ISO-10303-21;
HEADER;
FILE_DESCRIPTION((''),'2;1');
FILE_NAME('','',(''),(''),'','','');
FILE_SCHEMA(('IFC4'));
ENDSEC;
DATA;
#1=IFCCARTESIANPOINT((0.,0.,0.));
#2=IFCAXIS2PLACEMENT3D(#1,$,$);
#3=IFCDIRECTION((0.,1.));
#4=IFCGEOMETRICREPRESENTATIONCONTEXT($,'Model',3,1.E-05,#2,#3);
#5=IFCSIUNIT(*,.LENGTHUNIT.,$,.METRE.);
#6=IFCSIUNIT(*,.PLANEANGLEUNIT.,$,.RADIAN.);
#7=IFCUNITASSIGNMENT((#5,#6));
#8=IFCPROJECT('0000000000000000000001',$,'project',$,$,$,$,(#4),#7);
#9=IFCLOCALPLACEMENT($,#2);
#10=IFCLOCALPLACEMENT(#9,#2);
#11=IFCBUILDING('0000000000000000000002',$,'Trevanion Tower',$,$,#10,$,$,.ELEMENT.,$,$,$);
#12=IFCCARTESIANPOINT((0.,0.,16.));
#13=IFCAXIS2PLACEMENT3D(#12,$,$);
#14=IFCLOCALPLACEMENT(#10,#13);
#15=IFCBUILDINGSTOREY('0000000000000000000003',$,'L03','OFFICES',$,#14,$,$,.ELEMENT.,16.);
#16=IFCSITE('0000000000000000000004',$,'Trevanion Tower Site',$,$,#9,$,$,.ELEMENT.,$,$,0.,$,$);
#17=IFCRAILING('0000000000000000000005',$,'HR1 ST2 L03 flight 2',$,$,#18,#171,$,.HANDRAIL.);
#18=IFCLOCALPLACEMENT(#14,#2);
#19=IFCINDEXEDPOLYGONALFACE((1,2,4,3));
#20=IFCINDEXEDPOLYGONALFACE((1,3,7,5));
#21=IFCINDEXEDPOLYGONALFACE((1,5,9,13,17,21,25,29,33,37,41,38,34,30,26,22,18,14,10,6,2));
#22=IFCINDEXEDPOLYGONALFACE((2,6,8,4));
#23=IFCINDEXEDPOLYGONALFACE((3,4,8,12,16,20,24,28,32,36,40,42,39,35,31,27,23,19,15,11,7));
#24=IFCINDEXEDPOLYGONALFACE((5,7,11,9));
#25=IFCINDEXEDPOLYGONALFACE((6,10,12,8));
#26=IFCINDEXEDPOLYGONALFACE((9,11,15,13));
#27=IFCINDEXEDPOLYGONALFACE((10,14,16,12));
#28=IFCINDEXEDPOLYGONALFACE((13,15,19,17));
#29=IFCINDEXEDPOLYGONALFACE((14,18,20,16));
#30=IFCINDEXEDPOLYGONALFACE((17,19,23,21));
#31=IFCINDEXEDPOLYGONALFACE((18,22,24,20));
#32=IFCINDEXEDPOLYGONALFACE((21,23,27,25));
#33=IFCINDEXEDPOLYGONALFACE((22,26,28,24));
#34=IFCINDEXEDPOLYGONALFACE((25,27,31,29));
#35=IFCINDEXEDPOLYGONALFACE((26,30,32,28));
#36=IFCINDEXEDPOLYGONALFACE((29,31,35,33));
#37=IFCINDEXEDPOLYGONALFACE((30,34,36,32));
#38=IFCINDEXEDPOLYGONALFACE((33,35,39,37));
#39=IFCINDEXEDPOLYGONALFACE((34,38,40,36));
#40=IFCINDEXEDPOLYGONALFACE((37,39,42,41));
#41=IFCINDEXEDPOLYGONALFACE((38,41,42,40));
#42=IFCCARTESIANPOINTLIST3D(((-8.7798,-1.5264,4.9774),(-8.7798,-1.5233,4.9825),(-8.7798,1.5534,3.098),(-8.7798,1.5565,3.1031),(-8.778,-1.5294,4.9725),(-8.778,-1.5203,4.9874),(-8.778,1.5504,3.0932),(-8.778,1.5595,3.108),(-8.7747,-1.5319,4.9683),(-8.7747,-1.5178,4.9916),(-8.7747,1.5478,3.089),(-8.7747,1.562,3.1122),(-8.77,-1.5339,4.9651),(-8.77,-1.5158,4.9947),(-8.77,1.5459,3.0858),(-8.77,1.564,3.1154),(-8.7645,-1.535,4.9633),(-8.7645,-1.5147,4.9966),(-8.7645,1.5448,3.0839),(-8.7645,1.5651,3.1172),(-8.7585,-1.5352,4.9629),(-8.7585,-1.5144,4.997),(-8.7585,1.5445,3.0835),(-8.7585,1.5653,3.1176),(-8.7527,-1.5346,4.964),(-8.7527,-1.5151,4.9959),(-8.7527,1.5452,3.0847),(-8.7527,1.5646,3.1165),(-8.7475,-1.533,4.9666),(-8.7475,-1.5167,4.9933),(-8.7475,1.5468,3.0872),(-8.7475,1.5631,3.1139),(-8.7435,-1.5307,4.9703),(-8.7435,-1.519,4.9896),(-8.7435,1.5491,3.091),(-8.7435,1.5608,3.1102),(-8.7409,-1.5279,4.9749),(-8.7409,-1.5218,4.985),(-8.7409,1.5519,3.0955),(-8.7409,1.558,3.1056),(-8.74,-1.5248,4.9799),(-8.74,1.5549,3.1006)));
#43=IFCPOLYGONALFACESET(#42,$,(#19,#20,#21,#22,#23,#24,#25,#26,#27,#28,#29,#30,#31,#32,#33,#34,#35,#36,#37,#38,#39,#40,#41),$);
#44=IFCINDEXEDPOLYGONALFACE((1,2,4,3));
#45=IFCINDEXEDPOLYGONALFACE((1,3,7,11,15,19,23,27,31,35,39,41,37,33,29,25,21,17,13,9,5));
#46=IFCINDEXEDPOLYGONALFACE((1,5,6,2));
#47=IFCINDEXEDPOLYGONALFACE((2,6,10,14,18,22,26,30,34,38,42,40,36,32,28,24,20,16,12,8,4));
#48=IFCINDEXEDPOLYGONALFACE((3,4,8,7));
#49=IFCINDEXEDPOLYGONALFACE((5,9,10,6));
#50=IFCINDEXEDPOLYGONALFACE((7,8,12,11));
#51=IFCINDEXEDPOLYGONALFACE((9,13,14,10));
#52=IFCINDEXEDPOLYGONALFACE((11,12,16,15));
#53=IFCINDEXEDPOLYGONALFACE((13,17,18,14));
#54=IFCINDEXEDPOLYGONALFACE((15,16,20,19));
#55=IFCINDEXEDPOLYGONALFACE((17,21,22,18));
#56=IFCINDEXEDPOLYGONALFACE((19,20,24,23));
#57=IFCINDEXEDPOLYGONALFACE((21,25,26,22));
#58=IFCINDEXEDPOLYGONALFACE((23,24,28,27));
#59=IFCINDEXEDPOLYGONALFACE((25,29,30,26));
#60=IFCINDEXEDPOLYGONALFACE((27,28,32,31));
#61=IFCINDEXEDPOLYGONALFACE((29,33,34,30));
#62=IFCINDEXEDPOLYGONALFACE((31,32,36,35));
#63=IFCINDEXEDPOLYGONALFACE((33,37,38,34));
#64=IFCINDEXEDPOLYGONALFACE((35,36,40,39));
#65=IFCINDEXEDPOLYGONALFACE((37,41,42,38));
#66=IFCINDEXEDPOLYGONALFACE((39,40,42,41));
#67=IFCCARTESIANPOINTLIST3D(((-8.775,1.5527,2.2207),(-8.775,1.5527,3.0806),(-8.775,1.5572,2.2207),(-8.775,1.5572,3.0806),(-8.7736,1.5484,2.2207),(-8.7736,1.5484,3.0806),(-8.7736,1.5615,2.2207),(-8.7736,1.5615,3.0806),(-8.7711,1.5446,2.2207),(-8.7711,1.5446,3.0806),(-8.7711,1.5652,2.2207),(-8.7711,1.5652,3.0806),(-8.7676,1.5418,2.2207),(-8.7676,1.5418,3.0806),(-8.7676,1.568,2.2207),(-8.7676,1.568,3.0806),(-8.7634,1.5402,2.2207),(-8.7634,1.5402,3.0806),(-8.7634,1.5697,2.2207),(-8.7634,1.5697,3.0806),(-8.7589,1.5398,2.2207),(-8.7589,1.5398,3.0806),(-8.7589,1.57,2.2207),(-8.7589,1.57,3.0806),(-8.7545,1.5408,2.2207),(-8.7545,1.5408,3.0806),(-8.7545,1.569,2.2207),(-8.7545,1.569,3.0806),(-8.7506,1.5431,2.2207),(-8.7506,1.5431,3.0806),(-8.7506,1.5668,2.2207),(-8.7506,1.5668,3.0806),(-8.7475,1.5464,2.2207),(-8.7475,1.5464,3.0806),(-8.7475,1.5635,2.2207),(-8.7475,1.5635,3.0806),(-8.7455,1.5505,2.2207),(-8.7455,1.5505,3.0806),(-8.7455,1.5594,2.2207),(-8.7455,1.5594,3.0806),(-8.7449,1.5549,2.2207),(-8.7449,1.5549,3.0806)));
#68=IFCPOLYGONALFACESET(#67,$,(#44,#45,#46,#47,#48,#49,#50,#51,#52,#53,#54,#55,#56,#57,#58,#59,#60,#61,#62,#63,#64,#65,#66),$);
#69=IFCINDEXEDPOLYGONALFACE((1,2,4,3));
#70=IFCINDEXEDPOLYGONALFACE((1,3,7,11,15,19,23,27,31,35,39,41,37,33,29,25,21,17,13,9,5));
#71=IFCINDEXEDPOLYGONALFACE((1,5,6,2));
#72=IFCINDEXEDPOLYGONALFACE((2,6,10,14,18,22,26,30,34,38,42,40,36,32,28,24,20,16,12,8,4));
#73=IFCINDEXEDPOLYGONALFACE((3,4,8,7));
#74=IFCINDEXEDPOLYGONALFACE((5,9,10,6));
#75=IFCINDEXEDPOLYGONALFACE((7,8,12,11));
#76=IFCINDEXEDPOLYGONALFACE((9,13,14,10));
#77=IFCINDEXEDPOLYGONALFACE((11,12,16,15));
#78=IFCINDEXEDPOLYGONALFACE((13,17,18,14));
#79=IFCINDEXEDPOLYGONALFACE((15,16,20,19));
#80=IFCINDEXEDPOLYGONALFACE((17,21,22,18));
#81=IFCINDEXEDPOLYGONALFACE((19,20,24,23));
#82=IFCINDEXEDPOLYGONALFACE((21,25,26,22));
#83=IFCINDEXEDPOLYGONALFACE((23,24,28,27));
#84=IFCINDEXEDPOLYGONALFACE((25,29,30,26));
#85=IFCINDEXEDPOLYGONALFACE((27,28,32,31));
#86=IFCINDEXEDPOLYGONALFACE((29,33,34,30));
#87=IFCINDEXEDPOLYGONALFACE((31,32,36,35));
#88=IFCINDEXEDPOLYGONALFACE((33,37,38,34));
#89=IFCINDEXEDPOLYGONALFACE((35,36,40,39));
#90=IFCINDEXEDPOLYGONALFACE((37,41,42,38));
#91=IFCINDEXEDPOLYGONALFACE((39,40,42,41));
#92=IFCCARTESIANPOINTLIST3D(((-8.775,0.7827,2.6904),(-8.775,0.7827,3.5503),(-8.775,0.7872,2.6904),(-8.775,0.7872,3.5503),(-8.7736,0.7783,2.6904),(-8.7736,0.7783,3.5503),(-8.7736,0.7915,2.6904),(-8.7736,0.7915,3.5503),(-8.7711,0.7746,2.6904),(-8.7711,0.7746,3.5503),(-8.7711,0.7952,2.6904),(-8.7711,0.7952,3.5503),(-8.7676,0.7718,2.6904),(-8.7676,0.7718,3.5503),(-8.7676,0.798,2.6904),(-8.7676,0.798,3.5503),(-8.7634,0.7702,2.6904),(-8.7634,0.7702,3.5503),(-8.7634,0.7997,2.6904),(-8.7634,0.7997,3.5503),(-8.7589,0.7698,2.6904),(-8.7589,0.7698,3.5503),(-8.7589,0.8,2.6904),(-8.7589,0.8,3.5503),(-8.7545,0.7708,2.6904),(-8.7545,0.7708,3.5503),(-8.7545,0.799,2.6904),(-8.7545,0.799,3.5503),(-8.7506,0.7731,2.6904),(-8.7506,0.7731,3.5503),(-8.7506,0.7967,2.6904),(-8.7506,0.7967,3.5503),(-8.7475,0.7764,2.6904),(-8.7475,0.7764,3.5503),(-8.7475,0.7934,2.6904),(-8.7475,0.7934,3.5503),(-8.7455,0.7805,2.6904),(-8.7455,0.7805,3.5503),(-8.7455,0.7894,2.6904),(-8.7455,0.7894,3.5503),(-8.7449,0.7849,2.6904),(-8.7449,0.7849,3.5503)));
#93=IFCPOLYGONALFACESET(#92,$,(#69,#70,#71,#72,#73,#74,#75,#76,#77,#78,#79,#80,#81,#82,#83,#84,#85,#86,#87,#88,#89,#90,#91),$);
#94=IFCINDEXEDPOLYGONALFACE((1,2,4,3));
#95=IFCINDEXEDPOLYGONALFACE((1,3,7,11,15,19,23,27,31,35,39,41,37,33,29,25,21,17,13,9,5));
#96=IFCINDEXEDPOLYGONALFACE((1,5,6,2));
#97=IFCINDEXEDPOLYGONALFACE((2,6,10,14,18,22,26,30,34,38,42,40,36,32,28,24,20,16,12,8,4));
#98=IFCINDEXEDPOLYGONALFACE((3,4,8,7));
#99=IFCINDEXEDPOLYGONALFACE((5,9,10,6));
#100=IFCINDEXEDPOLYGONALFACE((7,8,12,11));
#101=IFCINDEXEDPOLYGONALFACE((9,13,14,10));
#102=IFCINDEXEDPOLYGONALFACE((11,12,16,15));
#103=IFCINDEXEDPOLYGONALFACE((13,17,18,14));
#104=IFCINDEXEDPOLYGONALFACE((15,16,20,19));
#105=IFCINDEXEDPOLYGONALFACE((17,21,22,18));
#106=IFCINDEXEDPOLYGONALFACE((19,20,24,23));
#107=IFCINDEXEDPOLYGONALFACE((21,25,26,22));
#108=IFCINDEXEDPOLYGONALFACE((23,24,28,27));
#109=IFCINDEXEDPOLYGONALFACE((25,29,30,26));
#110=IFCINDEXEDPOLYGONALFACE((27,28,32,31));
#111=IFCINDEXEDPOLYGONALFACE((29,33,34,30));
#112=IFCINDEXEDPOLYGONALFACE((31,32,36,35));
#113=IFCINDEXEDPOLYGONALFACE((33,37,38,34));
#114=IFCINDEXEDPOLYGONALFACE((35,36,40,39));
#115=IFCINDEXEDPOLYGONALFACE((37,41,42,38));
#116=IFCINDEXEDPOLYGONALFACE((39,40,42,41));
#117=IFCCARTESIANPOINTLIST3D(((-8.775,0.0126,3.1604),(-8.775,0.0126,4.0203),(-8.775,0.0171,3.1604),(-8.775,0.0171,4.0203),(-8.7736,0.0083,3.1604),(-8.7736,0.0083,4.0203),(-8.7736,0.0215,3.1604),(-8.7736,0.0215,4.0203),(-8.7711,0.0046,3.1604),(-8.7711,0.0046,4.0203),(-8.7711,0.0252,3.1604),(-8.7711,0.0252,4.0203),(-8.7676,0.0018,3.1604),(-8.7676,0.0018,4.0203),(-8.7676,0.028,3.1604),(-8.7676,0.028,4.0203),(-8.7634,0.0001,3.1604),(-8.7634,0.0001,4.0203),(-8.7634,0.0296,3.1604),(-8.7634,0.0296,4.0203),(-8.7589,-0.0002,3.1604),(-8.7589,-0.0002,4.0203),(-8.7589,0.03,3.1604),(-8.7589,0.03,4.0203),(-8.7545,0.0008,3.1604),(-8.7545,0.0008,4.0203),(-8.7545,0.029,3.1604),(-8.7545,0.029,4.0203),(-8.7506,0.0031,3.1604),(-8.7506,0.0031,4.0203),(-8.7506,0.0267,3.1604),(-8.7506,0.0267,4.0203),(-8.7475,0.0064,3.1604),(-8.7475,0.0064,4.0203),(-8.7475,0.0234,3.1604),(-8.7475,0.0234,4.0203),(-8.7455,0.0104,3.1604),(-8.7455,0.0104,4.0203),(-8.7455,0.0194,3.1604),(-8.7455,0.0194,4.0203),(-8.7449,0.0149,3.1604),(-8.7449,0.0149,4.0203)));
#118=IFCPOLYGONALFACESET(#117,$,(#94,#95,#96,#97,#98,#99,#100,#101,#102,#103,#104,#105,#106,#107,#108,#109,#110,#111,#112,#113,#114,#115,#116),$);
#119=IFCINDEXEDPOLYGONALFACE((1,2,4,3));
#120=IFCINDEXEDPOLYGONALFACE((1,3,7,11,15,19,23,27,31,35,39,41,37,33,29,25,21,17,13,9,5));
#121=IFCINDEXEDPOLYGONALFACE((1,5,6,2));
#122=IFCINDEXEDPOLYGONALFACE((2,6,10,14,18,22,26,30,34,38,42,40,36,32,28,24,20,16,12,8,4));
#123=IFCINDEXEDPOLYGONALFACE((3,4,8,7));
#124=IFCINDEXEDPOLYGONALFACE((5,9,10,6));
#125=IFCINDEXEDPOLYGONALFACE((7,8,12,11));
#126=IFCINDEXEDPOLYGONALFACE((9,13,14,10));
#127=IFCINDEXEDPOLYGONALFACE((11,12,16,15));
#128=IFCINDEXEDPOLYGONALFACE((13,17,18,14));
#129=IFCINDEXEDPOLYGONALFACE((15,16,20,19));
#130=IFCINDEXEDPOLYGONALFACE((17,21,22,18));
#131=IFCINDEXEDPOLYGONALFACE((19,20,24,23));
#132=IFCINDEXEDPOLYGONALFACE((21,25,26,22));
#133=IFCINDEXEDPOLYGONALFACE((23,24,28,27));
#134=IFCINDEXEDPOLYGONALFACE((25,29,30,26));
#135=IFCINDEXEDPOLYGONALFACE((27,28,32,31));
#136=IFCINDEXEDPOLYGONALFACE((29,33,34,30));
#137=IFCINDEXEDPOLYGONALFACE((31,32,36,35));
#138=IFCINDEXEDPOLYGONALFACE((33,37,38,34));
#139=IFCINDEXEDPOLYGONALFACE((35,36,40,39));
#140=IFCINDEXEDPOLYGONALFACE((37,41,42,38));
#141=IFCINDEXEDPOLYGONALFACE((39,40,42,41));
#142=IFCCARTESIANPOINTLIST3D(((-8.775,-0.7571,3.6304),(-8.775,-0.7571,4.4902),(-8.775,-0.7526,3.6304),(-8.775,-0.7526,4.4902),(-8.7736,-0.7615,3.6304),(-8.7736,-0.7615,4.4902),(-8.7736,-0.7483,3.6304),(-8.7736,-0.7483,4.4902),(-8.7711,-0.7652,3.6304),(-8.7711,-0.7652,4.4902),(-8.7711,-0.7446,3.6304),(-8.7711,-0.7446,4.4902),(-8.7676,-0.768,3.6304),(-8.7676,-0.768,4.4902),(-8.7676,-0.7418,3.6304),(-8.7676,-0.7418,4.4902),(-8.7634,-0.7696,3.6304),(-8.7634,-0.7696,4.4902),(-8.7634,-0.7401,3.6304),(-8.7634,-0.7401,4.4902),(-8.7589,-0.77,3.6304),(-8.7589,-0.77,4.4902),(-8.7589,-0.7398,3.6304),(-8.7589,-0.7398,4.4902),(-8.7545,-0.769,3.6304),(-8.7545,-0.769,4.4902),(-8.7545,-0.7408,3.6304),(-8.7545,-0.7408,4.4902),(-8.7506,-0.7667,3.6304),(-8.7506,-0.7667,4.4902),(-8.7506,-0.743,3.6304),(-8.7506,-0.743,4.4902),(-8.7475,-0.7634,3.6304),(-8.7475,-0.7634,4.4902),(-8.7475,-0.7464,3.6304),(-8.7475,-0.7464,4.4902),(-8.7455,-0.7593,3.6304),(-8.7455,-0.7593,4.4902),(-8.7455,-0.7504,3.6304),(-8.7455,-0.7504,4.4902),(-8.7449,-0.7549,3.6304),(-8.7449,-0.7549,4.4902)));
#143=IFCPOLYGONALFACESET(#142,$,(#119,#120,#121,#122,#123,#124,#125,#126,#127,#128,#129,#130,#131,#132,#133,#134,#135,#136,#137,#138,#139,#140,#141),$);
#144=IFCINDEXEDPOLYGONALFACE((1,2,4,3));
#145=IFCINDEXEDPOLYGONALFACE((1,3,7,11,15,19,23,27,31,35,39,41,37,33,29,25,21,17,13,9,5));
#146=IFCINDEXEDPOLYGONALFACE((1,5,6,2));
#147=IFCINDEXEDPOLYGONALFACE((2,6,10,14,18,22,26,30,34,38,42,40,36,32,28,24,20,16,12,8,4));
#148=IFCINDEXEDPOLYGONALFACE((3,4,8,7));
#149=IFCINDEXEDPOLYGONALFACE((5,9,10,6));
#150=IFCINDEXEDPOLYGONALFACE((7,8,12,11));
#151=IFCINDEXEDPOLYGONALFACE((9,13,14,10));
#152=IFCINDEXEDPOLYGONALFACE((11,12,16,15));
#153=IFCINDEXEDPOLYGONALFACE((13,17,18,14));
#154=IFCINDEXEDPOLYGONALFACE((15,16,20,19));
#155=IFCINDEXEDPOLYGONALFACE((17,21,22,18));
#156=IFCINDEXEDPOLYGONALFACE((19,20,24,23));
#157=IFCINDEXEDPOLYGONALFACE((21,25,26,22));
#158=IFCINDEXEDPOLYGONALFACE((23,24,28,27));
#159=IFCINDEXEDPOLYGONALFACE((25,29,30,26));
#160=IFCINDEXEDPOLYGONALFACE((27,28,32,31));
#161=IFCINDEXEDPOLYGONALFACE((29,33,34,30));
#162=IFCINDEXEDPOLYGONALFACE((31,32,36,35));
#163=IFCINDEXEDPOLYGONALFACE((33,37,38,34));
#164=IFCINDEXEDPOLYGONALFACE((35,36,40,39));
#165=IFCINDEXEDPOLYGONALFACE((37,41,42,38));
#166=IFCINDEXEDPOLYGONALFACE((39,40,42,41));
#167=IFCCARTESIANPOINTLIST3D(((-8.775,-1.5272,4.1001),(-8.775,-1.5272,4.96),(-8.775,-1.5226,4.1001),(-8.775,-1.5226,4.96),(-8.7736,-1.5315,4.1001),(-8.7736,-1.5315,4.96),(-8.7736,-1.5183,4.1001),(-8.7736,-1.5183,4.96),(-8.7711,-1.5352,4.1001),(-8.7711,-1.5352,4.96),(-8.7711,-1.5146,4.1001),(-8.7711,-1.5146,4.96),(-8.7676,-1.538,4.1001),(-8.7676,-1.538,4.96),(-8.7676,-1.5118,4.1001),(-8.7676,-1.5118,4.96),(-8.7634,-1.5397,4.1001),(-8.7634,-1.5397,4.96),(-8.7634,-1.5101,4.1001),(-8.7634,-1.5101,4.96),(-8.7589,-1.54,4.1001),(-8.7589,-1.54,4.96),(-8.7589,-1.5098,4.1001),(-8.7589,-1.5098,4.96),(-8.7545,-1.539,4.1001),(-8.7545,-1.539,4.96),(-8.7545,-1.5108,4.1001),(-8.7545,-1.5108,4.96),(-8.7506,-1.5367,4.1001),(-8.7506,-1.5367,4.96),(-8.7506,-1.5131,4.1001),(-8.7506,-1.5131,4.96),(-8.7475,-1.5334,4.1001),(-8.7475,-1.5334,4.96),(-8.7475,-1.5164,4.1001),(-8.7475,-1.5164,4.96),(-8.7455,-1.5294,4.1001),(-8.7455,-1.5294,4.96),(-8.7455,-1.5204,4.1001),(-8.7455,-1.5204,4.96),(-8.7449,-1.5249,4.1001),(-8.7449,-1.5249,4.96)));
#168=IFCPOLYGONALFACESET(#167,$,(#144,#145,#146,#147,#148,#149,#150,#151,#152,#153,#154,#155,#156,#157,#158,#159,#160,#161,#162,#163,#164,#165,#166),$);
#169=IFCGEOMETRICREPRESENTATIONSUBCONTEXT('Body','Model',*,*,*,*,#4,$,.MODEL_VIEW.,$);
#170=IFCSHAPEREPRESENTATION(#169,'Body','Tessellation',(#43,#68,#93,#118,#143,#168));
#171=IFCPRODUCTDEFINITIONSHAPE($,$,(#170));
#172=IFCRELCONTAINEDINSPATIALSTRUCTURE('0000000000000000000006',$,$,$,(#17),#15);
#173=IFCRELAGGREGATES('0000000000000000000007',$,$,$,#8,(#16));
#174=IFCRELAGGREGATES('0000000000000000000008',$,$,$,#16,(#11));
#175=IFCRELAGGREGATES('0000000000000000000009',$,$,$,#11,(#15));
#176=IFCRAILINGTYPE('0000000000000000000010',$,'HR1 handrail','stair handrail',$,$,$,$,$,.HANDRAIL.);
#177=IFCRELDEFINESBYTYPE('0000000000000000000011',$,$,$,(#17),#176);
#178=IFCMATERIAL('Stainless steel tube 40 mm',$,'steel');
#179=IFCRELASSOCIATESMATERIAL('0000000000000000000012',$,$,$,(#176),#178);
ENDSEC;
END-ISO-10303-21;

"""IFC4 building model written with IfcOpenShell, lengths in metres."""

from ifc_helpers import new_model, si_unit, direction, frame, origin, origin_2d, place, context, subcontext, project, spatial, circle, extrude, material, type_object, element, save


model = new_model("IFC4")

# Units and contexts
model_context = context("Model", 3, precision=1e-05, world=origin(), true_north=direction((0.0, 1.0)))
body_context = subcontext(model_context, "Body", "Model", "MODEL_VIEW")
ifc_project = project(units=[si_unit("LENGTHUNIT", "METRE"), si_unit("PLANEANGLEUNIT", "RADIAN")], contexts=[model_context])

# Site, building, storey
site_placement = place(None, origin())
site = spatial("IfcSite", under=ifc_project, at=site_placement, Name="Trevanion Tower Site", CompositionType="ELEMENT", RefElevation=0.0)
building_placement = place(site_placement, origin())
building = spatial("IfcBuilding", under=site, at=building_placement, Name="Trevanion Tower", CompositionType="ELEMENT")
storey_placement = place(building_placement, frame((0.0, 0.0, 16.0)))
storey = spatial("IfcBuildingStorey", under=building, at=storey_placement, Name="L03", Description="OFFICES", CompositionType="ELEMENT", Elevation=16.0)

# Railing
ifc_material_1 = material(Name="Stainless steel tube 40 mm", Category="steel")
railing_type = type_object("IfcRailingType", Name="HR1 handrail", Description="stair handrail", PredefinedType="HANDRAIL", material=ifc_material_1)
for number, where, name in (
    (1, (-8.76, 1.5549, 2.2207), "HR1 ST2 L03 flight 2"),
):
    element("IfcRailing", number, at=place(storey_placement, frame(where)), inside=storey, type_object=railing_type, Name=name, PredefinedType="HANDRAIL", context=body_context, shape_type="SweptSolid", body=[
        extrude(circle(Radius=0.02, at=origin_2d()), frame((0.0, 0.0, 0.8799), z_axis=(0.0, -0.853618, 0.5209), x_axis=(1.0, 0.0, 0.0)), (0.0, 0.0, 1.0), 3.6079),
        extrude(circle(Radius=0.0151, at=origin_2d()), origin(), (0.0, 0.0, 1.0), 0.8599),
        extrude(circle(Radius=0.0151, at=origin_2d()), frame((0.0, -0.77, 0.4697)), (0.0, 0.0, 1.0), 0.8599),
        extrude(circle(Radius=0.0151, at=origin_2d()), frame((0.0, -1.54, 0.9397)), (0.0, 0.0, 1.0), 0.8599),
        extrude(circle(Radius=0.0151, at=origin_2d()), frame((0.0, -2.3098, 1.4097)), (0.0, 0.0, 1.0), 0.8599),
        extrude(circle(Radius=0.0151, at=origin_2d()), frame((0.0, -3.0798, 1.8794)), (0.0, 0.0, 1.0), 0.8599),
    ])

save(model, "model.ifc")
